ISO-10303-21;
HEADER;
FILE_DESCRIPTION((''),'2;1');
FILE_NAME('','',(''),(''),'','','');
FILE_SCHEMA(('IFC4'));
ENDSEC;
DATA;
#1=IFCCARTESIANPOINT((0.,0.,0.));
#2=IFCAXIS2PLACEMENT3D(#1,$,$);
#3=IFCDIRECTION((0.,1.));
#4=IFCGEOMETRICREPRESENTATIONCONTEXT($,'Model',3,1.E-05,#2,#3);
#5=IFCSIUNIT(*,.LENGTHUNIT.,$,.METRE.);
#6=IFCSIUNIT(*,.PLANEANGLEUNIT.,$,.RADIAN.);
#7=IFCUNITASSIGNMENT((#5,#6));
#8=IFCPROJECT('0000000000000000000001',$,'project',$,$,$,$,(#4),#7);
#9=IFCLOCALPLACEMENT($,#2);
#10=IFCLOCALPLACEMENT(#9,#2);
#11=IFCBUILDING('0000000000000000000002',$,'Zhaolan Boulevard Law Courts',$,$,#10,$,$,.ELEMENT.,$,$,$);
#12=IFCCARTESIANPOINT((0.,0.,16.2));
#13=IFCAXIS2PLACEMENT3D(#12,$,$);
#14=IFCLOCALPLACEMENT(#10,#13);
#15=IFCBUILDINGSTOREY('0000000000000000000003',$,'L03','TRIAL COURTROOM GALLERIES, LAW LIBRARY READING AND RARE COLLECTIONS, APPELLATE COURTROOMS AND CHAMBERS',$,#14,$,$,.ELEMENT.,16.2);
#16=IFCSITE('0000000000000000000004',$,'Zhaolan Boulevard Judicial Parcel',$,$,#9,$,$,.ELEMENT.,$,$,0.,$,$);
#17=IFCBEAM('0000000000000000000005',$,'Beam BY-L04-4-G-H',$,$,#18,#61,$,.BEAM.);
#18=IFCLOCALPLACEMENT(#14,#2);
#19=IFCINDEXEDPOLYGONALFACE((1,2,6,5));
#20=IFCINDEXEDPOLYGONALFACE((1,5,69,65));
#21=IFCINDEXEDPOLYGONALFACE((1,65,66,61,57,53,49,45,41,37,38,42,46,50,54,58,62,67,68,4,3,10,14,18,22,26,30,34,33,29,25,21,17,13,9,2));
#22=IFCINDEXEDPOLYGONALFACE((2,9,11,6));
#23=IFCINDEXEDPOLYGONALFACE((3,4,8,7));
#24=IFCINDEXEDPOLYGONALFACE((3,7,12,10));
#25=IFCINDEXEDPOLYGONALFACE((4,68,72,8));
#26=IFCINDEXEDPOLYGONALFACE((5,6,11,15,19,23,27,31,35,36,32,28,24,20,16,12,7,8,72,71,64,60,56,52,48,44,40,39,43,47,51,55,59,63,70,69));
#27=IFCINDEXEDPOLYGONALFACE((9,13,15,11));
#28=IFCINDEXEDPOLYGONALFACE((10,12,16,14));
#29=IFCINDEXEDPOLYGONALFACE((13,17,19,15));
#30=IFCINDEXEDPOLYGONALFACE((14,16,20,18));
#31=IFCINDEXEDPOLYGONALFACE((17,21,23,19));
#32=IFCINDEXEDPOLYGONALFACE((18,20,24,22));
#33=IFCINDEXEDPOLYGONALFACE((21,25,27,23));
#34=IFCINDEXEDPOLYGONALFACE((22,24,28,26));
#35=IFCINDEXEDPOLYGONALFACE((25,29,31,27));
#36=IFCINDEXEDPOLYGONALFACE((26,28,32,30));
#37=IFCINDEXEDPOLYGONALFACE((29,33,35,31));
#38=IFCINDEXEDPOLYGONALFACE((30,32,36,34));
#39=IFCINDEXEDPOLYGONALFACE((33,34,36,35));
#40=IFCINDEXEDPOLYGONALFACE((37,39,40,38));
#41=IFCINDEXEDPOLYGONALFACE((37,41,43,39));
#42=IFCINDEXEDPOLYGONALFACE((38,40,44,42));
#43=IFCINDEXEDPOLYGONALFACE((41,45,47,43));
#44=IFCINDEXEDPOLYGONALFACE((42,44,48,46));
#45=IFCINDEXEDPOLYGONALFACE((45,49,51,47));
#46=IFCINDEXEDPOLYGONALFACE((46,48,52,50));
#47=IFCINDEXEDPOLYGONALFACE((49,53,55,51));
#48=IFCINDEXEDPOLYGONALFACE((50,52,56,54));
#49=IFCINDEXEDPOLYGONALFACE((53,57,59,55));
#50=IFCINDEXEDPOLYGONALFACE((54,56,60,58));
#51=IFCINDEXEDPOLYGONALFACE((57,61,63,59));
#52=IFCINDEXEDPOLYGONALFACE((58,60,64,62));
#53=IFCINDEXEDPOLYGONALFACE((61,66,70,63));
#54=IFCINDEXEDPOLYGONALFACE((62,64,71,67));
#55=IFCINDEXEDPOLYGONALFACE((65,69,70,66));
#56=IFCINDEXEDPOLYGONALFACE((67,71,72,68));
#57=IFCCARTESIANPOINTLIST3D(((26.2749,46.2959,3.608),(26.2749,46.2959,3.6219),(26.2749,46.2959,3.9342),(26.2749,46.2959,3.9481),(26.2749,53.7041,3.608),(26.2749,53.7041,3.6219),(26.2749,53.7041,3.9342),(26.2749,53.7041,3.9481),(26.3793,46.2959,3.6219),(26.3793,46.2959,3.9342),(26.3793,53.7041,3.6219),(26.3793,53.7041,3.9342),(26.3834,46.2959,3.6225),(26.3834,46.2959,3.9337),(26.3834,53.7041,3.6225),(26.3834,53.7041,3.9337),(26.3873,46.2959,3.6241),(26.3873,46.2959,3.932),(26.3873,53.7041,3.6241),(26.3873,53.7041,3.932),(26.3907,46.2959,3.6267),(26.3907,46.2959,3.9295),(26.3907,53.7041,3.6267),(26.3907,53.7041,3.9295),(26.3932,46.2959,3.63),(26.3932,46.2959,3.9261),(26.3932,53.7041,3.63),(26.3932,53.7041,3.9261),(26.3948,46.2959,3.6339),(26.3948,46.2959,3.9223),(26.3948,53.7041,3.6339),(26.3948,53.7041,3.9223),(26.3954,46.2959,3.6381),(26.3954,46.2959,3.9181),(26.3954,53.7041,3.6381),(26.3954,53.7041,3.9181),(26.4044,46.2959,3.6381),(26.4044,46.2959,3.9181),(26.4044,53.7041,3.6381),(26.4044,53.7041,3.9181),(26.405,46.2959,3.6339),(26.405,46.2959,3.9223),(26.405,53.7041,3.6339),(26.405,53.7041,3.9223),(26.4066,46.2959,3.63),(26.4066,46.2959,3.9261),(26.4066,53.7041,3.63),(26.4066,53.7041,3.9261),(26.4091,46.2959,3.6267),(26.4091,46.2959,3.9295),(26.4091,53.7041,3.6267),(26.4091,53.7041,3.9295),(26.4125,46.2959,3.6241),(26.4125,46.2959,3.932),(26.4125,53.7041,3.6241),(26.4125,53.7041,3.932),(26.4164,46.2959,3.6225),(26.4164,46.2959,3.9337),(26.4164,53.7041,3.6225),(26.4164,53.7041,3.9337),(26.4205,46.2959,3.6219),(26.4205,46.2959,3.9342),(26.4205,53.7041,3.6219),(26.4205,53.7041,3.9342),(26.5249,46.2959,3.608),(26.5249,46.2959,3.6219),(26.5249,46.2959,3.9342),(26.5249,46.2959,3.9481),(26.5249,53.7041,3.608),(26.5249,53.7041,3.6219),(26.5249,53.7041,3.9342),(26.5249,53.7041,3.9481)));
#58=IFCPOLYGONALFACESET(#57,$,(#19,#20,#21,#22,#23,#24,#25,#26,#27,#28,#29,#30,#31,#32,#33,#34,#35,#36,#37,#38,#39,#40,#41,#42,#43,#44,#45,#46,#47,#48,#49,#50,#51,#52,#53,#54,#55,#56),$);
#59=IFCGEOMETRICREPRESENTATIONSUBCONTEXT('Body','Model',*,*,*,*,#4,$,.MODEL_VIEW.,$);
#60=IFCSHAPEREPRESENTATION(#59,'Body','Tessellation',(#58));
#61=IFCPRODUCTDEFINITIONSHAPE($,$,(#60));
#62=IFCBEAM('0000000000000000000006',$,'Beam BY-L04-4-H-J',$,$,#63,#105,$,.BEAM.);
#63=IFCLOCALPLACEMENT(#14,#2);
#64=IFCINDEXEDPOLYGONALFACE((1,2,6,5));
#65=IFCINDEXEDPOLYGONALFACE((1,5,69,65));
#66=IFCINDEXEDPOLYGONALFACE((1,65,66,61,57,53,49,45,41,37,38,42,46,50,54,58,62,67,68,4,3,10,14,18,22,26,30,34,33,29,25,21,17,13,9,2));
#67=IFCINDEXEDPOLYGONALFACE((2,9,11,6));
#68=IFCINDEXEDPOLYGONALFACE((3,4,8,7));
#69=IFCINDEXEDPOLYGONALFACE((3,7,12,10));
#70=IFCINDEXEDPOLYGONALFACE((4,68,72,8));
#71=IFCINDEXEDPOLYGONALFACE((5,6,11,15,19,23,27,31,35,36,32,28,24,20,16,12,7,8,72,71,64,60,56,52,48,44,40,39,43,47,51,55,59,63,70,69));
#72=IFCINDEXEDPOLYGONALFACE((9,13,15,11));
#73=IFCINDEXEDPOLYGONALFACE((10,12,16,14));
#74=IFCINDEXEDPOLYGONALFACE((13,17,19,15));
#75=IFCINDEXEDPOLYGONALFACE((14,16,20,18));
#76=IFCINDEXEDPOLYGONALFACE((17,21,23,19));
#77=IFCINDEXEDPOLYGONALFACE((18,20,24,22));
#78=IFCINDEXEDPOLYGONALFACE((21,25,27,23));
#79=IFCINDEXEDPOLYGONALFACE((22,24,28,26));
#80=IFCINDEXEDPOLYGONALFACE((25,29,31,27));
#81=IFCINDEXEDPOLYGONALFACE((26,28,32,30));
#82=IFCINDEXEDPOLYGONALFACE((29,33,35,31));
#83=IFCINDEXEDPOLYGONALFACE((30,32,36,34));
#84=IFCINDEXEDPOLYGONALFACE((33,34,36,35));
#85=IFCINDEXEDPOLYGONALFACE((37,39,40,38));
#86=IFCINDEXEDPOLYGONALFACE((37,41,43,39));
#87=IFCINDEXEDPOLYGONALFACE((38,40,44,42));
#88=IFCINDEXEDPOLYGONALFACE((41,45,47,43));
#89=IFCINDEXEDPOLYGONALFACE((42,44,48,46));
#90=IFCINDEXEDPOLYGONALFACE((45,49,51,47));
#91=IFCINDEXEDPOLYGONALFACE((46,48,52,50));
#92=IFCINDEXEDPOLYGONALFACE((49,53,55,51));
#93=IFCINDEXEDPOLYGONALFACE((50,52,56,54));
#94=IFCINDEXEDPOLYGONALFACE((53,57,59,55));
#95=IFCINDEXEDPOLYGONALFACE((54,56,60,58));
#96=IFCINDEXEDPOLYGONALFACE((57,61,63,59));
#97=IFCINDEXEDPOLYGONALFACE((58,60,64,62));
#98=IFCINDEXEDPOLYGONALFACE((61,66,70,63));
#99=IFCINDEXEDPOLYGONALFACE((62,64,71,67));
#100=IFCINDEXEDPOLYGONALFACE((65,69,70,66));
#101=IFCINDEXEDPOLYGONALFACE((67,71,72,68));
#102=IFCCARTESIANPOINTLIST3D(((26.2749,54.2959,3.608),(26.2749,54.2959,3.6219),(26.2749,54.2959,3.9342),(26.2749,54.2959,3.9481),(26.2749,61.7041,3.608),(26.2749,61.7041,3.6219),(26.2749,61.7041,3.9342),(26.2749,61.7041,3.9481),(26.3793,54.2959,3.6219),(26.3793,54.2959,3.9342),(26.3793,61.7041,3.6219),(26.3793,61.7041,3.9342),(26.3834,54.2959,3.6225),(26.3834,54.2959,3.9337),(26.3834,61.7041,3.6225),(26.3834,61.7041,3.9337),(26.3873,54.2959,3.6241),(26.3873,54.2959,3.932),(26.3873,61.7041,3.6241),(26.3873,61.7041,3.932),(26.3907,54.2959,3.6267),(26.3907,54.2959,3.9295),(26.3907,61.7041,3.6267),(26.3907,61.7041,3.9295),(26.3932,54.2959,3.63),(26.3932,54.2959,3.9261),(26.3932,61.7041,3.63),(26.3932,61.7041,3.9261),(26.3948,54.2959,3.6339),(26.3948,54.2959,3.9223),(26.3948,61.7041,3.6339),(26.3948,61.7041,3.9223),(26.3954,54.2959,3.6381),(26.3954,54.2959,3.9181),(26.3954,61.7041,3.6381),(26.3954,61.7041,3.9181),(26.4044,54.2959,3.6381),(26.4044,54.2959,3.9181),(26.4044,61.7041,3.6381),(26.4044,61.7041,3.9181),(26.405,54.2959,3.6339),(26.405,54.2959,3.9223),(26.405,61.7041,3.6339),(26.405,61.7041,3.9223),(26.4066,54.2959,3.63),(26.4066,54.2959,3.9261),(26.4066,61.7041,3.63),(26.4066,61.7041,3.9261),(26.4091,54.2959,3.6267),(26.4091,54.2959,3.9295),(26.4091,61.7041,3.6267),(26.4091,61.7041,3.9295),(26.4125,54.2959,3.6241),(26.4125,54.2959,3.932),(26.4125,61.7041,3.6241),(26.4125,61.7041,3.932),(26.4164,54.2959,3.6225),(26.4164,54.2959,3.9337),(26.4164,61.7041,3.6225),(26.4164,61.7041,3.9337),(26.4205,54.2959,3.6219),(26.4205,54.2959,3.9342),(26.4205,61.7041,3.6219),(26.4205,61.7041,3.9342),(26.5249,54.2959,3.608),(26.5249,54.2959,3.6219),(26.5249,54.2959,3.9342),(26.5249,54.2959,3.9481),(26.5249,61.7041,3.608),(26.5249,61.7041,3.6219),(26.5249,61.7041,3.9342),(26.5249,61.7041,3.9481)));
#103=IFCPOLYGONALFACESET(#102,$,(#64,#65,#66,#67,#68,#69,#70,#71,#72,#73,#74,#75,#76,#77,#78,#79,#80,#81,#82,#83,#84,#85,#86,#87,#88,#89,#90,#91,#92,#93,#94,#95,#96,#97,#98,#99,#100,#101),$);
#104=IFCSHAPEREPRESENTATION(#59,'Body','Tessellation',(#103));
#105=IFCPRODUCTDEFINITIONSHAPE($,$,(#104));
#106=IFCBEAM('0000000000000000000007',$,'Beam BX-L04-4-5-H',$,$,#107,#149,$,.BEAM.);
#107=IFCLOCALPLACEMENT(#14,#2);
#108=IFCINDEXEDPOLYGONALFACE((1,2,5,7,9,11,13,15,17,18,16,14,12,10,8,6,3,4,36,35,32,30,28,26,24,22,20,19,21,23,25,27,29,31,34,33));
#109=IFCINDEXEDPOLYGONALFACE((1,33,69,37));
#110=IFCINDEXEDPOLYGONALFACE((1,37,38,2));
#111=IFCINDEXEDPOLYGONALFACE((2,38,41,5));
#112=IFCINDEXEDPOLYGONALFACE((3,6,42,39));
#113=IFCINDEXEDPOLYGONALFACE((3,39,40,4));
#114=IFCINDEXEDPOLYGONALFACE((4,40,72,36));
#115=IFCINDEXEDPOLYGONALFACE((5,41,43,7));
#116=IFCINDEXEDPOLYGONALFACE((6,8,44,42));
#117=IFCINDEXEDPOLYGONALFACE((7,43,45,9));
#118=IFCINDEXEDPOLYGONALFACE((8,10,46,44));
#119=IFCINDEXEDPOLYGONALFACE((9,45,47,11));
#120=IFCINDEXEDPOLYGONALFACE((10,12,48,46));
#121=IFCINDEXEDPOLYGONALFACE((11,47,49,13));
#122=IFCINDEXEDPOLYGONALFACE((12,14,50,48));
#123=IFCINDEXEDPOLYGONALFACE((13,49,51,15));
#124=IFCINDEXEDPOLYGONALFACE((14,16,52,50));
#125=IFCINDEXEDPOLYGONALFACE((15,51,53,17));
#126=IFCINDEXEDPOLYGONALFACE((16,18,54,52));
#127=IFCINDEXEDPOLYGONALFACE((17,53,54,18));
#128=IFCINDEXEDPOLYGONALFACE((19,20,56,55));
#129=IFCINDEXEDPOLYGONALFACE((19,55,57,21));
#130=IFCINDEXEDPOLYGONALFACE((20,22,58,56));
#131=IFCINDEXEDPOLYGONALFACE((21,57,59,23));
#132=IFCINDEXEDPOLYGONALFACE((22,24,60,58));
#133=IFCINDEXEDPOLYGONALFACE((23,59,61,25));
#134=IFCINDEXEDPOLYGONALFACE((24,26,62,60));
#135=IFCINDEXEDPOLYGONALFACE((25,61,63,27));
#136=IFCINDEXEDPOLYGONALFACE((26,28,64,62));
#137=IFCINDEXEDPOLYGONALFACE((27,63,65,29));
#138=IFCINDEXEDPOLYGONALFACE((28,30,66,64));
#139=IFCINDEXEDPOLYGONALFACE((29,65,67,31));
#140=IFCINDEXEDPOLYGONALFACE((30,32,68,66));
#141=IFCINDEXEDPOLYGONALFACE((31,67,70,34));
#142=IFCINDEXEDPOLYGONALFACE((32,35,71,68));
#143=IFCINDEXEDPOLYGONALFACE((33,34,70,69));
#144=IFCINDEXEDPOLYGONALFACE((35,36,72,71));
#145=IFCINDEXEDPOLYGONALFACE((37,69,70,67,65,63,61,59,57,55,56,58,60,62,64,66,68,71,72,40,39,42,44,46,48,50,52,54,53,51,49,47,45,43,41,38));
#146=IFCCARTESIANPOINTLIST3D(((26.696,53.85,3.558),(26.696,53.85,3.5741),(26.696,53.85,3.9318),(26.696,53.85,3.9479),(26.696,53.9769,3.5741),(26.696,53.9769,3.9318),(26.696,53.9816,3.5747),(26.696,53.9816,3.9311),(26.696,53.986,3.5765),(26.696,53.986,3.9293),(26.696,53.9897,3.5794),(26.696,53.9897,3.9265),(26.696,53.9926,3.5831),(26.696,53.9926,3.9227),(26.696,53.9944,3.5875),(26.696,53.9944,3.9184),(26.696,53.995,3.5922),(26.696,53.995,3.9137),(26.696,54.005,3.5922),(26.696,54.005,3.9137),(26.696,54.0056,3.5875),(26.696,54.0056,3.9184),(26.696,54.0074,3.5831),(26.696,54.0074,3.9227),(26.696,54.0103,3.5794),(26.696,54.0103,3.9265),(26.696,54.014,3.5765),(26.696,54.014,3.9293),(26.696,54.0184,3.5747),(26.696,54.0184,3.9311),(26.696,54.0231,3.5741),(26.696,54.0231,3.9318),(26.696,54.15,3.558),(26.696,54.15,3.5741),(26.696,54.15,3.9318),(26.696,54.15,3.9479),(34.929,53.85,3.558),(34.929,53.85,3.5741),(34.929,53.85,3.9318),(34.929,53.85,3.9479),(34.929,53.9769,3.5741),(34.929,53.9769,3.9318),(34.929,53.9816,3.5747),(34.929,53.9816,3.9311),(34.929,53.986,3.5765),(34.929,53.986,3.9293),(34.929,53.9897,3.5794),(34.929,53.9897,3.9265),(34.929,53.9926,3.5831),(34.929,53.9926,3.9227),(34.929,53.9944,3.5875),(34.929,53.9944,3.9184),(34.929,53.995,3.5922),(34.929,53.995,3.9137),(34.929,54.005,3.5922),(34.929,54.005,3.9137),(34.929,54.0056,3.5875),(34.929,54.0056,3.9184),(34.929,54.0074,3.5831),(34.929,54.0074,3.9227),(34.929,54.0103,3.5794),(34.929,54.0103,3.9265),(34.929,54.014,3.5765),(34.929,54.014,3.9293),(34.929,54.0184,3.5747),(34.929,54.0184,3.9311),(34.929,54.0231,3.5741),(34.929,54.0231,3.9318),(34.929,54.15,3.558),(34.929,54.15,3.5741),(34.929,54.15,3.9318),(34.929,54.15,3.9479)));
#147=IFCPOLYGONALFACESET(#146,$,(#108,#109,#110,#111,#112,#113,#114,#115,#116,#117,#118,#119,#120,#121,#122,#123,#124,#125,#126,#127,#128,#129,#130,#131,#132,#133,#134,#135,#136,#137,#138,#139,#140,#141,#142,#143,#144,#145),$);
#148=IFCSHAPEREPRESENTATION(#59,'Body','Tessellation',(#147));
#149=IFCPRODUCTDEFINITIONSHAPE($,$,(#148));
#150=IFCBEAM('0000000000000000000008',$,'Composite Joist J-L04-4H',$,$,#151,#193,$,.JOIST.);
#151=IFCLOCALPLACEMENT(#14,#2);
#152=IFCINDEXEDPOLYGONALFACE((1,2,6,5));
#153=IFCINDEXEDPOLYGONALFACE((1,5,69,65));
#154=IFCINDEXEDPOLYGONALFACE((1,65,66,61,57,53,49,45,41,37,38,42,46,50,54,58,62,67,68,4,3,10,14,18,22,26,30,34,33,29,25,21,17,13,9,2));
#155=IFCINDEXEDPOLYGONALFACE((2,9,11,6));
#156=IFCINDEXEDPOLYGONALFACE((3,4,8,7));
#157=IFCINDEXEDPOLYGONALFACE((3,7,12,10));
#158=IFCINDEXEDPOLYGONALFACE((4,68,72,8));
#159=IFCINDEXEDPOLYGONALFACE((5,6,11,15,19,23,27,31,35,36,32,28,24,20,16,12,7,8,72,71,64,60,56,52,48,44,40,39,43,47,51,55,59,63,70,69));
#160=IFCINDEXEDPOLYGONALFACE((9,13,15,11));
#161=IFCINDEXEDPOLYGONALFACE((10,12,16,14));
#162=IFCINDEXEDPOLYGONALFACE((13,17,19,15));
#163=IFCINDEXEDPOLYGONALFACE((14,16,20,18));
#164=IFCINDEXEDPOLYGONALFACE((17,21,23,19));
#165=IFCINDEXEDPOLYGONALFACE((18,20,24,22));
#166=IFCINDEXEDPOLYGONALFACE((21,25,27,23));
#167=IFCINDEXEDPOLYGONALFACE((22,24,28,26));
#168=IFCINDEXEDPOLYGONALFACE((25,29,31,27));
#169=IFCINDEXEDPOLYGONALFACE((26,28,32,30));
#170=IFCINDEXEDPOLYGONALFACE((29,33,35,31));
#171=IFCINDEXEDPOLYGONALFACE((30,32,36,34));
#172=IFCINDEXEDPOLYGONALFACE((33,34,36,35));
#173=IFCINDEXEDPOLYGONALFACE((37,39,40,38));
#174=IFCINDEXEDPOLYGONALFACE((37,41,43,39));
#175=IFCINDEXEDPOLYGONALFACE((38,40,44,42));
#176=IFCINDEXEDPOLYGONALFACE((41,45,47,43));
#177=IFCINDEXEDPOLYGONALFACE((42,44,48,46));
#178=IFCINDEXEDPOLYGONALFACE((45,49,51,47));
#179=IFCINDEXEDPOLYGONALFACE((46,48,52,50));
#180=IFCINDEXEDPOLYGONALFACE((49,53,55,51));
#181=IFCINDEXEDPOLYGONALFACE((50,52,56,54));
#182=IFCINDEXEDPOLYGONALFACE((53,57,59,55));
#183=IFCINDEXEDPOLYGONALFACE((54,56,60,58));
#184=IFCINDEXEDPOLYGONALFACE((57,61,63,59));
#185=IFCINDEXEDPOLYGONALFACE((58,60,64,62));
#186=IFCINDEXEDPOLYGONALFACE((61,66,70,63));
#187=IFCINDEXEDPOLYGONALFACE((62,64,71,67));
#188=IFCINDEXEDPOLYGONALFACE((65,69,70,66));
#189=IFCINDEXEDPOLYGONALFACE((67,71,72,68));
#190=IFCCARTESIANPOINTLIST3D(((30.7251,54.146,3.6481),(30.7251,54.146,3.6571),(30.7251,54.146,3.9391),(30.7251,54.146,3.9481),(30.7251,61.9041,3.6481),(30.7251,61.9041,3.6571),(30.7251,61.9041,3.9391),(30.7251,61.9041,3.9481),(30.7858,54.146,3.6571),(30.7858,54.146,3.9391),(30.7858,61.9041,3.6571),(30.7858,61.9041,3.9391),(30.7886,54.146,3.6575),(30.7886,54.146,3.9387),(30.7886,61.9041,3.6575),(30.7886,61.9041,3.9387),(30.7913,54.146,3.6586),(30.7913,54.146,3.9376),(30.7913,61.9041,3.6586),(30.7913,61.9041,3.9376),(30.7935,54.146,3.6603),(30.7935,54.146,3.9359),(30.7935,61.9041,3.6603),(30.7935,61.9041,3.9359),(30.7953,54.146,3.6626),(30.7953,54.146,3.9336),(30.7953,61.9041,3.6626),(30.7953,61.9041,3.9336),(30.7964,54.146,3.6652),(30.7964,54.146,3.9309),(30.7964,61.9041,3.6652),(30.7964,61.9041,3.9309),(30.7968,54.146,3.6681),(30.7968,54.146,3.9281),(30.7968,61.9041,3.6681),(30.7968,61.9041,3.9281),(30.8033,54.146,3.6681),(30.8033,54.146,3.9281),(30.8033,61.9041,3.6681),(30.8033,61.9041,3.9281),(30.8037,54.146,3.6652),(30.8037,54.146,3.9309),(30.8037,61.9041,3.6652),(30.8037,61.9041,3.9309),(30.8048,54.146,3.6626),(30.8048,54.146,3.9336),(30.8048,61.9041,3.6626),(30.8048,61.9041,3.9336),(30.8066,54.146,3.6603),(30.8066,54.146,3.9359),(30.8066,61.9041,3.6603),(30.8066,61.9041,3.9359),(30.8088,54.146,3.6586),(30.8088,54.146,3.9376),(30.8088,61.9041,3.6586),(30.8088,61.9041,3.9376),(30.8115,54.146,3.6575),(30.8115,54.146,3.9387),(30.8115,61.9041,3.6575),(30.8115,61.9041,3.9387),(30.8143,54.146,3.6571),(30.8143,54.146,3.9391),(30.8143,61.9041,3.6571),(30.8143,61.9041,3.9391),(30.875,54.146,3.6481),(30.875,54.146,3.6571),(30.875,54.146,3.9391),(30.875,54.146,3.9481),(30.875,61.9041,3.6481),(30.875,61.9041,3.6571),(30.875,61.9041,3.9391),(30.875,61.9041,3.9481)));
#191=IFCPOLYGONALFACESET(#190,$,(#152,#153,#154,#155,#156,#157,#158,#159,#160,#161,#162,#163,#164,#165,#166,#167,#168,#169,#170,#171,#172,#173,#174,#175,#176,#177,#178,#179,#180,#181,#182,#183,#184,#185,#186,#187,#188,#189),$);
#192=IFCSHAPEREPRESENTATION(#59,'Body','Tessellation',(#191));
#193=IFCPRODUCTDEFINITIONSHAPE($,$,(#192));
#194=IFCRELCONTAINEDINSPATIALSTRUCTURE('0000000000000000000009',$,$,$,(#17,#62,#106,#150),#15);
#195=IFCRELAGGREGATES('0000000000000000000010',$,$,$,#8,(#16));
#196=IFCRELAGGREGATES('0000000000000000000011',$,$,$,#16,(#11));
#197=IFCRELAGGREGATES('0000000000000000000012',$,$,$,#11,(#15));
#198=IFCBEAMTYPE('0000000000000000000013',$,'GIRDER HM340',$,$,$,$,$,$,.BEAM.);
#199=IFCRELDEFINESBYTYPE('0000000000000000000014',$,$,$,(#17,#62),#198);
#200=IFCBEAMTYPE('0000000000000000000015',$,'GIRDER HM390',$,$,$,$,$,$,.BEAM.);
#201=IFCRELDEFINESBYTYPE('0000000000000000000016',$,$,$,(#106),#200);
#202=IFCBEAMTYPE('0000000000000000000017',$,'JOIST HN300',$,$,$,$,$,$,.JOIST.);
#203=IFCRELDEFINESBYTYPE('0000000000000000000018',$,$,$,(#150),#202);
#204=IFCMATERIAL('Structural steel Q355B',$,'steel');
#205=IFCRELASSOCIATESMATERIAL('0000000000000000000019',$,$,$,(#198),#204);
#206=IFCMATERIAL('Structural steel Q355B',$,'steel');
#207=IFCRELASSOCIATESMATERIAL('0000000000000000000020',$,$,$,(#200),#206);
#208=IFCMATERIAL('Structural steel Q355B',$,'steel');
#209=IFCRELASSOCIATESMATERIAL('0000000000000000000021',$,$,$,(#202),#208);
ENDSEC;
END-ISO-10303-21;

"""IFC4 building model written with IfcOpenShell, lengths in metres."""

from ifc_helpers import new_model, si_unit, direction, frame, origin, origin_2d, place, context, subcontext, project, spatial, i_section, extrude, material, material_profile, profile_set, type_object, element, save


model = new_model("IFC4")

# Units and contexts
model_context = context("Model", 3, precision=1e-05, world=origin(), true_north=direction((0.0, 1.0)))
body_context = subcontext(model_context, "Body", "Model", "MODEL_VIEW")
ifc_project = project(units=[si_unit("LENGTHUNIT", "METRE"), si_unit("PLANEANGLEUNIT", "RADIAN")], contexts=[model_context])

# Site, building, storey
site_placement = place(None, origin())
site = spatial("IfcSite", under=ifc_project, at=site_placement, Name="Zhaolan Boulevard Judicial Parcel", CompositionType="ELEMENT", RefElevation=0.0)
building_placement = place(site_placement, origin())
building = spatial("IfcBuilding", under=site, at=building_placement, Name="Zhaolan Boulevard Law Courts", CompositionType="ELEMENT")
storey_placement = place(building_placement, frame((0.0, 0.0, 16.2)))
storey = spatial("IfcBuildingStorey", under=building, at=storey_placement, Name="L03", Description="TRIAL COURTROOM GALLERIES, LAW LIBRARY READING AND RARE COLLECTIONS, APPELLATE COURTROOMS AND CHAMBERS", CompositionType="ELEMENT", Elevation=16.2)

# Beams
ifc_material_1 = material(Name="Structural steel Q355B", Category="steel")
ifc_material_profile_1 = material_profile(ifc_material_1, i_section(OverallWidth=0.25, OverallDepth=0.3401, WebThickness=0.009, FlangeThickness=0.0139, FilletRadius=0.0161, at=origin_2d()), Name="HM340x250")
ifc_profile_set_1 = profile_set([ifc_material_profile_1], Name="Structural steel Q355B")
beam_type_1 = type_object("IfcBeamType", Name="GIRDER HM340", PredefinedType="BEAM", material=ifc_profile_set_1)
for number, where, z_axis, x_axis, name in (
    (1, (26.3999, 46.2959, 3.7781), (0.0, 1.0, 0.0), (-1.0, 0.0, 0.0), "Beam BY-L04-4-G-H"),
    (2, (26.3999, 54.2959, 3.7781), (0.0, 1.0, 0.0), (-1.0, 0.0, 0.0), "Beam BY-L04-4-H-J"),
):
    element("IfcBeam", number, at=place(storey_placement, frame(where, z_axis=z_axis, x_axis=x_axis)), inside=storey, type_object=beam_type_1, Name=name, PredefinedType="BEAM", context=body_context, shape_type="SweptSolid", body=[
        extrude(i_section(OverallWidth=0.25, OverallDepth=0.3401, WebThickness=0.009, FlangeThickness=0.0139, FilletRadius=0.0161, at=origin_2d()), origin(), (0.0, 0.0, 1.0), 7.4082),
    ])
ifc_material_2 = material(Name="Structural steel Q355B", Category="steel")
ifc_material_profile_2 = material_profile(ifc_material_2, i_section(OverallWidth=0.3, OverallDepth=0.3899, WebThickness=0.01, FlangeThickness=0.0161, FilletRadius=0.0181, at=origin_2d()), Name="HM390x300")
ifc_profile_set_2 = profile_set([ifc_material_profile_2], Name="Structural steel Q355B")
beam_type_2 = type_object("IfcBeamType", Name="GIRDER HM390", PredefinedType="BEAM", material=ifc_profile_set_2)
beam_1_placement = place(storey_placement, frame((26.696, 54.0, 3.7529), z_axis=(1.0, 0.0, 0.0), x_axis=(0.0, 1.0, 0.0)))
element("IfcBeam", 3, at=beam_1_placement, inside=storey, type_object=beam_type_2, Name="Beam BX-L04-4-5-H", PredefinedType="BEAM", context=body_context, shape_type="SweptSolid", body=[
    extrude(i_section(OverallWidth=0.3, OverallDepth=0.3899, WebThickness=0.01, FlangeThickness=0.0161, FilletRadius=0.0181, at=origin_2d()), origin(), (0.0, 0.0, 1.0), 8.2329),
])
ifc_material_3 = material(Name="Structural steel Q355B", Category="steel")
ifc_material_profile_3 = material_profile(ifc_material_3, i_section(OverallWidth=0.1499, OverallDepth=0.3, WebThickness=0.0066, FlangeThickness=0.009, FilletRadius=0.011, at=origin_2d()), Name="HN300x150")
ifc_profile_set_3 = profile_set([ifc_material_profile_3], Name="Structural steel Q355B")
beam_type_3 = type_object("IfcBeamType", Name="JOIST HN300", PredefinedType="JOIST", material=ifc_profile_set_3)
beam_2_placement = place(storey_placement, frame((30.8, 54.146, 3.7981), z_axis=(0.0, 1.0, 0.0), x_axis=(-1.0, 0.0, 0.0)))
element("IfcBeam", 4, at=beam_2_placement, inside=storey, type_object=beam_type_3, Name="Composite Joist J-L04-4H", PredefinedType="JOIST", context=body_context, shape_type="SweptSolid", body=[
    extrude(i_section(OverallWidth=0.1499, OverallDepth=0.3, WebThickness=0.0066, FlangeThickness=0.009, FilletRadius=0.011, at=origin_2d()), origin(), (0.0, 0.0, 1.0), 7.7581),
])

save(model, "model.ifc")
